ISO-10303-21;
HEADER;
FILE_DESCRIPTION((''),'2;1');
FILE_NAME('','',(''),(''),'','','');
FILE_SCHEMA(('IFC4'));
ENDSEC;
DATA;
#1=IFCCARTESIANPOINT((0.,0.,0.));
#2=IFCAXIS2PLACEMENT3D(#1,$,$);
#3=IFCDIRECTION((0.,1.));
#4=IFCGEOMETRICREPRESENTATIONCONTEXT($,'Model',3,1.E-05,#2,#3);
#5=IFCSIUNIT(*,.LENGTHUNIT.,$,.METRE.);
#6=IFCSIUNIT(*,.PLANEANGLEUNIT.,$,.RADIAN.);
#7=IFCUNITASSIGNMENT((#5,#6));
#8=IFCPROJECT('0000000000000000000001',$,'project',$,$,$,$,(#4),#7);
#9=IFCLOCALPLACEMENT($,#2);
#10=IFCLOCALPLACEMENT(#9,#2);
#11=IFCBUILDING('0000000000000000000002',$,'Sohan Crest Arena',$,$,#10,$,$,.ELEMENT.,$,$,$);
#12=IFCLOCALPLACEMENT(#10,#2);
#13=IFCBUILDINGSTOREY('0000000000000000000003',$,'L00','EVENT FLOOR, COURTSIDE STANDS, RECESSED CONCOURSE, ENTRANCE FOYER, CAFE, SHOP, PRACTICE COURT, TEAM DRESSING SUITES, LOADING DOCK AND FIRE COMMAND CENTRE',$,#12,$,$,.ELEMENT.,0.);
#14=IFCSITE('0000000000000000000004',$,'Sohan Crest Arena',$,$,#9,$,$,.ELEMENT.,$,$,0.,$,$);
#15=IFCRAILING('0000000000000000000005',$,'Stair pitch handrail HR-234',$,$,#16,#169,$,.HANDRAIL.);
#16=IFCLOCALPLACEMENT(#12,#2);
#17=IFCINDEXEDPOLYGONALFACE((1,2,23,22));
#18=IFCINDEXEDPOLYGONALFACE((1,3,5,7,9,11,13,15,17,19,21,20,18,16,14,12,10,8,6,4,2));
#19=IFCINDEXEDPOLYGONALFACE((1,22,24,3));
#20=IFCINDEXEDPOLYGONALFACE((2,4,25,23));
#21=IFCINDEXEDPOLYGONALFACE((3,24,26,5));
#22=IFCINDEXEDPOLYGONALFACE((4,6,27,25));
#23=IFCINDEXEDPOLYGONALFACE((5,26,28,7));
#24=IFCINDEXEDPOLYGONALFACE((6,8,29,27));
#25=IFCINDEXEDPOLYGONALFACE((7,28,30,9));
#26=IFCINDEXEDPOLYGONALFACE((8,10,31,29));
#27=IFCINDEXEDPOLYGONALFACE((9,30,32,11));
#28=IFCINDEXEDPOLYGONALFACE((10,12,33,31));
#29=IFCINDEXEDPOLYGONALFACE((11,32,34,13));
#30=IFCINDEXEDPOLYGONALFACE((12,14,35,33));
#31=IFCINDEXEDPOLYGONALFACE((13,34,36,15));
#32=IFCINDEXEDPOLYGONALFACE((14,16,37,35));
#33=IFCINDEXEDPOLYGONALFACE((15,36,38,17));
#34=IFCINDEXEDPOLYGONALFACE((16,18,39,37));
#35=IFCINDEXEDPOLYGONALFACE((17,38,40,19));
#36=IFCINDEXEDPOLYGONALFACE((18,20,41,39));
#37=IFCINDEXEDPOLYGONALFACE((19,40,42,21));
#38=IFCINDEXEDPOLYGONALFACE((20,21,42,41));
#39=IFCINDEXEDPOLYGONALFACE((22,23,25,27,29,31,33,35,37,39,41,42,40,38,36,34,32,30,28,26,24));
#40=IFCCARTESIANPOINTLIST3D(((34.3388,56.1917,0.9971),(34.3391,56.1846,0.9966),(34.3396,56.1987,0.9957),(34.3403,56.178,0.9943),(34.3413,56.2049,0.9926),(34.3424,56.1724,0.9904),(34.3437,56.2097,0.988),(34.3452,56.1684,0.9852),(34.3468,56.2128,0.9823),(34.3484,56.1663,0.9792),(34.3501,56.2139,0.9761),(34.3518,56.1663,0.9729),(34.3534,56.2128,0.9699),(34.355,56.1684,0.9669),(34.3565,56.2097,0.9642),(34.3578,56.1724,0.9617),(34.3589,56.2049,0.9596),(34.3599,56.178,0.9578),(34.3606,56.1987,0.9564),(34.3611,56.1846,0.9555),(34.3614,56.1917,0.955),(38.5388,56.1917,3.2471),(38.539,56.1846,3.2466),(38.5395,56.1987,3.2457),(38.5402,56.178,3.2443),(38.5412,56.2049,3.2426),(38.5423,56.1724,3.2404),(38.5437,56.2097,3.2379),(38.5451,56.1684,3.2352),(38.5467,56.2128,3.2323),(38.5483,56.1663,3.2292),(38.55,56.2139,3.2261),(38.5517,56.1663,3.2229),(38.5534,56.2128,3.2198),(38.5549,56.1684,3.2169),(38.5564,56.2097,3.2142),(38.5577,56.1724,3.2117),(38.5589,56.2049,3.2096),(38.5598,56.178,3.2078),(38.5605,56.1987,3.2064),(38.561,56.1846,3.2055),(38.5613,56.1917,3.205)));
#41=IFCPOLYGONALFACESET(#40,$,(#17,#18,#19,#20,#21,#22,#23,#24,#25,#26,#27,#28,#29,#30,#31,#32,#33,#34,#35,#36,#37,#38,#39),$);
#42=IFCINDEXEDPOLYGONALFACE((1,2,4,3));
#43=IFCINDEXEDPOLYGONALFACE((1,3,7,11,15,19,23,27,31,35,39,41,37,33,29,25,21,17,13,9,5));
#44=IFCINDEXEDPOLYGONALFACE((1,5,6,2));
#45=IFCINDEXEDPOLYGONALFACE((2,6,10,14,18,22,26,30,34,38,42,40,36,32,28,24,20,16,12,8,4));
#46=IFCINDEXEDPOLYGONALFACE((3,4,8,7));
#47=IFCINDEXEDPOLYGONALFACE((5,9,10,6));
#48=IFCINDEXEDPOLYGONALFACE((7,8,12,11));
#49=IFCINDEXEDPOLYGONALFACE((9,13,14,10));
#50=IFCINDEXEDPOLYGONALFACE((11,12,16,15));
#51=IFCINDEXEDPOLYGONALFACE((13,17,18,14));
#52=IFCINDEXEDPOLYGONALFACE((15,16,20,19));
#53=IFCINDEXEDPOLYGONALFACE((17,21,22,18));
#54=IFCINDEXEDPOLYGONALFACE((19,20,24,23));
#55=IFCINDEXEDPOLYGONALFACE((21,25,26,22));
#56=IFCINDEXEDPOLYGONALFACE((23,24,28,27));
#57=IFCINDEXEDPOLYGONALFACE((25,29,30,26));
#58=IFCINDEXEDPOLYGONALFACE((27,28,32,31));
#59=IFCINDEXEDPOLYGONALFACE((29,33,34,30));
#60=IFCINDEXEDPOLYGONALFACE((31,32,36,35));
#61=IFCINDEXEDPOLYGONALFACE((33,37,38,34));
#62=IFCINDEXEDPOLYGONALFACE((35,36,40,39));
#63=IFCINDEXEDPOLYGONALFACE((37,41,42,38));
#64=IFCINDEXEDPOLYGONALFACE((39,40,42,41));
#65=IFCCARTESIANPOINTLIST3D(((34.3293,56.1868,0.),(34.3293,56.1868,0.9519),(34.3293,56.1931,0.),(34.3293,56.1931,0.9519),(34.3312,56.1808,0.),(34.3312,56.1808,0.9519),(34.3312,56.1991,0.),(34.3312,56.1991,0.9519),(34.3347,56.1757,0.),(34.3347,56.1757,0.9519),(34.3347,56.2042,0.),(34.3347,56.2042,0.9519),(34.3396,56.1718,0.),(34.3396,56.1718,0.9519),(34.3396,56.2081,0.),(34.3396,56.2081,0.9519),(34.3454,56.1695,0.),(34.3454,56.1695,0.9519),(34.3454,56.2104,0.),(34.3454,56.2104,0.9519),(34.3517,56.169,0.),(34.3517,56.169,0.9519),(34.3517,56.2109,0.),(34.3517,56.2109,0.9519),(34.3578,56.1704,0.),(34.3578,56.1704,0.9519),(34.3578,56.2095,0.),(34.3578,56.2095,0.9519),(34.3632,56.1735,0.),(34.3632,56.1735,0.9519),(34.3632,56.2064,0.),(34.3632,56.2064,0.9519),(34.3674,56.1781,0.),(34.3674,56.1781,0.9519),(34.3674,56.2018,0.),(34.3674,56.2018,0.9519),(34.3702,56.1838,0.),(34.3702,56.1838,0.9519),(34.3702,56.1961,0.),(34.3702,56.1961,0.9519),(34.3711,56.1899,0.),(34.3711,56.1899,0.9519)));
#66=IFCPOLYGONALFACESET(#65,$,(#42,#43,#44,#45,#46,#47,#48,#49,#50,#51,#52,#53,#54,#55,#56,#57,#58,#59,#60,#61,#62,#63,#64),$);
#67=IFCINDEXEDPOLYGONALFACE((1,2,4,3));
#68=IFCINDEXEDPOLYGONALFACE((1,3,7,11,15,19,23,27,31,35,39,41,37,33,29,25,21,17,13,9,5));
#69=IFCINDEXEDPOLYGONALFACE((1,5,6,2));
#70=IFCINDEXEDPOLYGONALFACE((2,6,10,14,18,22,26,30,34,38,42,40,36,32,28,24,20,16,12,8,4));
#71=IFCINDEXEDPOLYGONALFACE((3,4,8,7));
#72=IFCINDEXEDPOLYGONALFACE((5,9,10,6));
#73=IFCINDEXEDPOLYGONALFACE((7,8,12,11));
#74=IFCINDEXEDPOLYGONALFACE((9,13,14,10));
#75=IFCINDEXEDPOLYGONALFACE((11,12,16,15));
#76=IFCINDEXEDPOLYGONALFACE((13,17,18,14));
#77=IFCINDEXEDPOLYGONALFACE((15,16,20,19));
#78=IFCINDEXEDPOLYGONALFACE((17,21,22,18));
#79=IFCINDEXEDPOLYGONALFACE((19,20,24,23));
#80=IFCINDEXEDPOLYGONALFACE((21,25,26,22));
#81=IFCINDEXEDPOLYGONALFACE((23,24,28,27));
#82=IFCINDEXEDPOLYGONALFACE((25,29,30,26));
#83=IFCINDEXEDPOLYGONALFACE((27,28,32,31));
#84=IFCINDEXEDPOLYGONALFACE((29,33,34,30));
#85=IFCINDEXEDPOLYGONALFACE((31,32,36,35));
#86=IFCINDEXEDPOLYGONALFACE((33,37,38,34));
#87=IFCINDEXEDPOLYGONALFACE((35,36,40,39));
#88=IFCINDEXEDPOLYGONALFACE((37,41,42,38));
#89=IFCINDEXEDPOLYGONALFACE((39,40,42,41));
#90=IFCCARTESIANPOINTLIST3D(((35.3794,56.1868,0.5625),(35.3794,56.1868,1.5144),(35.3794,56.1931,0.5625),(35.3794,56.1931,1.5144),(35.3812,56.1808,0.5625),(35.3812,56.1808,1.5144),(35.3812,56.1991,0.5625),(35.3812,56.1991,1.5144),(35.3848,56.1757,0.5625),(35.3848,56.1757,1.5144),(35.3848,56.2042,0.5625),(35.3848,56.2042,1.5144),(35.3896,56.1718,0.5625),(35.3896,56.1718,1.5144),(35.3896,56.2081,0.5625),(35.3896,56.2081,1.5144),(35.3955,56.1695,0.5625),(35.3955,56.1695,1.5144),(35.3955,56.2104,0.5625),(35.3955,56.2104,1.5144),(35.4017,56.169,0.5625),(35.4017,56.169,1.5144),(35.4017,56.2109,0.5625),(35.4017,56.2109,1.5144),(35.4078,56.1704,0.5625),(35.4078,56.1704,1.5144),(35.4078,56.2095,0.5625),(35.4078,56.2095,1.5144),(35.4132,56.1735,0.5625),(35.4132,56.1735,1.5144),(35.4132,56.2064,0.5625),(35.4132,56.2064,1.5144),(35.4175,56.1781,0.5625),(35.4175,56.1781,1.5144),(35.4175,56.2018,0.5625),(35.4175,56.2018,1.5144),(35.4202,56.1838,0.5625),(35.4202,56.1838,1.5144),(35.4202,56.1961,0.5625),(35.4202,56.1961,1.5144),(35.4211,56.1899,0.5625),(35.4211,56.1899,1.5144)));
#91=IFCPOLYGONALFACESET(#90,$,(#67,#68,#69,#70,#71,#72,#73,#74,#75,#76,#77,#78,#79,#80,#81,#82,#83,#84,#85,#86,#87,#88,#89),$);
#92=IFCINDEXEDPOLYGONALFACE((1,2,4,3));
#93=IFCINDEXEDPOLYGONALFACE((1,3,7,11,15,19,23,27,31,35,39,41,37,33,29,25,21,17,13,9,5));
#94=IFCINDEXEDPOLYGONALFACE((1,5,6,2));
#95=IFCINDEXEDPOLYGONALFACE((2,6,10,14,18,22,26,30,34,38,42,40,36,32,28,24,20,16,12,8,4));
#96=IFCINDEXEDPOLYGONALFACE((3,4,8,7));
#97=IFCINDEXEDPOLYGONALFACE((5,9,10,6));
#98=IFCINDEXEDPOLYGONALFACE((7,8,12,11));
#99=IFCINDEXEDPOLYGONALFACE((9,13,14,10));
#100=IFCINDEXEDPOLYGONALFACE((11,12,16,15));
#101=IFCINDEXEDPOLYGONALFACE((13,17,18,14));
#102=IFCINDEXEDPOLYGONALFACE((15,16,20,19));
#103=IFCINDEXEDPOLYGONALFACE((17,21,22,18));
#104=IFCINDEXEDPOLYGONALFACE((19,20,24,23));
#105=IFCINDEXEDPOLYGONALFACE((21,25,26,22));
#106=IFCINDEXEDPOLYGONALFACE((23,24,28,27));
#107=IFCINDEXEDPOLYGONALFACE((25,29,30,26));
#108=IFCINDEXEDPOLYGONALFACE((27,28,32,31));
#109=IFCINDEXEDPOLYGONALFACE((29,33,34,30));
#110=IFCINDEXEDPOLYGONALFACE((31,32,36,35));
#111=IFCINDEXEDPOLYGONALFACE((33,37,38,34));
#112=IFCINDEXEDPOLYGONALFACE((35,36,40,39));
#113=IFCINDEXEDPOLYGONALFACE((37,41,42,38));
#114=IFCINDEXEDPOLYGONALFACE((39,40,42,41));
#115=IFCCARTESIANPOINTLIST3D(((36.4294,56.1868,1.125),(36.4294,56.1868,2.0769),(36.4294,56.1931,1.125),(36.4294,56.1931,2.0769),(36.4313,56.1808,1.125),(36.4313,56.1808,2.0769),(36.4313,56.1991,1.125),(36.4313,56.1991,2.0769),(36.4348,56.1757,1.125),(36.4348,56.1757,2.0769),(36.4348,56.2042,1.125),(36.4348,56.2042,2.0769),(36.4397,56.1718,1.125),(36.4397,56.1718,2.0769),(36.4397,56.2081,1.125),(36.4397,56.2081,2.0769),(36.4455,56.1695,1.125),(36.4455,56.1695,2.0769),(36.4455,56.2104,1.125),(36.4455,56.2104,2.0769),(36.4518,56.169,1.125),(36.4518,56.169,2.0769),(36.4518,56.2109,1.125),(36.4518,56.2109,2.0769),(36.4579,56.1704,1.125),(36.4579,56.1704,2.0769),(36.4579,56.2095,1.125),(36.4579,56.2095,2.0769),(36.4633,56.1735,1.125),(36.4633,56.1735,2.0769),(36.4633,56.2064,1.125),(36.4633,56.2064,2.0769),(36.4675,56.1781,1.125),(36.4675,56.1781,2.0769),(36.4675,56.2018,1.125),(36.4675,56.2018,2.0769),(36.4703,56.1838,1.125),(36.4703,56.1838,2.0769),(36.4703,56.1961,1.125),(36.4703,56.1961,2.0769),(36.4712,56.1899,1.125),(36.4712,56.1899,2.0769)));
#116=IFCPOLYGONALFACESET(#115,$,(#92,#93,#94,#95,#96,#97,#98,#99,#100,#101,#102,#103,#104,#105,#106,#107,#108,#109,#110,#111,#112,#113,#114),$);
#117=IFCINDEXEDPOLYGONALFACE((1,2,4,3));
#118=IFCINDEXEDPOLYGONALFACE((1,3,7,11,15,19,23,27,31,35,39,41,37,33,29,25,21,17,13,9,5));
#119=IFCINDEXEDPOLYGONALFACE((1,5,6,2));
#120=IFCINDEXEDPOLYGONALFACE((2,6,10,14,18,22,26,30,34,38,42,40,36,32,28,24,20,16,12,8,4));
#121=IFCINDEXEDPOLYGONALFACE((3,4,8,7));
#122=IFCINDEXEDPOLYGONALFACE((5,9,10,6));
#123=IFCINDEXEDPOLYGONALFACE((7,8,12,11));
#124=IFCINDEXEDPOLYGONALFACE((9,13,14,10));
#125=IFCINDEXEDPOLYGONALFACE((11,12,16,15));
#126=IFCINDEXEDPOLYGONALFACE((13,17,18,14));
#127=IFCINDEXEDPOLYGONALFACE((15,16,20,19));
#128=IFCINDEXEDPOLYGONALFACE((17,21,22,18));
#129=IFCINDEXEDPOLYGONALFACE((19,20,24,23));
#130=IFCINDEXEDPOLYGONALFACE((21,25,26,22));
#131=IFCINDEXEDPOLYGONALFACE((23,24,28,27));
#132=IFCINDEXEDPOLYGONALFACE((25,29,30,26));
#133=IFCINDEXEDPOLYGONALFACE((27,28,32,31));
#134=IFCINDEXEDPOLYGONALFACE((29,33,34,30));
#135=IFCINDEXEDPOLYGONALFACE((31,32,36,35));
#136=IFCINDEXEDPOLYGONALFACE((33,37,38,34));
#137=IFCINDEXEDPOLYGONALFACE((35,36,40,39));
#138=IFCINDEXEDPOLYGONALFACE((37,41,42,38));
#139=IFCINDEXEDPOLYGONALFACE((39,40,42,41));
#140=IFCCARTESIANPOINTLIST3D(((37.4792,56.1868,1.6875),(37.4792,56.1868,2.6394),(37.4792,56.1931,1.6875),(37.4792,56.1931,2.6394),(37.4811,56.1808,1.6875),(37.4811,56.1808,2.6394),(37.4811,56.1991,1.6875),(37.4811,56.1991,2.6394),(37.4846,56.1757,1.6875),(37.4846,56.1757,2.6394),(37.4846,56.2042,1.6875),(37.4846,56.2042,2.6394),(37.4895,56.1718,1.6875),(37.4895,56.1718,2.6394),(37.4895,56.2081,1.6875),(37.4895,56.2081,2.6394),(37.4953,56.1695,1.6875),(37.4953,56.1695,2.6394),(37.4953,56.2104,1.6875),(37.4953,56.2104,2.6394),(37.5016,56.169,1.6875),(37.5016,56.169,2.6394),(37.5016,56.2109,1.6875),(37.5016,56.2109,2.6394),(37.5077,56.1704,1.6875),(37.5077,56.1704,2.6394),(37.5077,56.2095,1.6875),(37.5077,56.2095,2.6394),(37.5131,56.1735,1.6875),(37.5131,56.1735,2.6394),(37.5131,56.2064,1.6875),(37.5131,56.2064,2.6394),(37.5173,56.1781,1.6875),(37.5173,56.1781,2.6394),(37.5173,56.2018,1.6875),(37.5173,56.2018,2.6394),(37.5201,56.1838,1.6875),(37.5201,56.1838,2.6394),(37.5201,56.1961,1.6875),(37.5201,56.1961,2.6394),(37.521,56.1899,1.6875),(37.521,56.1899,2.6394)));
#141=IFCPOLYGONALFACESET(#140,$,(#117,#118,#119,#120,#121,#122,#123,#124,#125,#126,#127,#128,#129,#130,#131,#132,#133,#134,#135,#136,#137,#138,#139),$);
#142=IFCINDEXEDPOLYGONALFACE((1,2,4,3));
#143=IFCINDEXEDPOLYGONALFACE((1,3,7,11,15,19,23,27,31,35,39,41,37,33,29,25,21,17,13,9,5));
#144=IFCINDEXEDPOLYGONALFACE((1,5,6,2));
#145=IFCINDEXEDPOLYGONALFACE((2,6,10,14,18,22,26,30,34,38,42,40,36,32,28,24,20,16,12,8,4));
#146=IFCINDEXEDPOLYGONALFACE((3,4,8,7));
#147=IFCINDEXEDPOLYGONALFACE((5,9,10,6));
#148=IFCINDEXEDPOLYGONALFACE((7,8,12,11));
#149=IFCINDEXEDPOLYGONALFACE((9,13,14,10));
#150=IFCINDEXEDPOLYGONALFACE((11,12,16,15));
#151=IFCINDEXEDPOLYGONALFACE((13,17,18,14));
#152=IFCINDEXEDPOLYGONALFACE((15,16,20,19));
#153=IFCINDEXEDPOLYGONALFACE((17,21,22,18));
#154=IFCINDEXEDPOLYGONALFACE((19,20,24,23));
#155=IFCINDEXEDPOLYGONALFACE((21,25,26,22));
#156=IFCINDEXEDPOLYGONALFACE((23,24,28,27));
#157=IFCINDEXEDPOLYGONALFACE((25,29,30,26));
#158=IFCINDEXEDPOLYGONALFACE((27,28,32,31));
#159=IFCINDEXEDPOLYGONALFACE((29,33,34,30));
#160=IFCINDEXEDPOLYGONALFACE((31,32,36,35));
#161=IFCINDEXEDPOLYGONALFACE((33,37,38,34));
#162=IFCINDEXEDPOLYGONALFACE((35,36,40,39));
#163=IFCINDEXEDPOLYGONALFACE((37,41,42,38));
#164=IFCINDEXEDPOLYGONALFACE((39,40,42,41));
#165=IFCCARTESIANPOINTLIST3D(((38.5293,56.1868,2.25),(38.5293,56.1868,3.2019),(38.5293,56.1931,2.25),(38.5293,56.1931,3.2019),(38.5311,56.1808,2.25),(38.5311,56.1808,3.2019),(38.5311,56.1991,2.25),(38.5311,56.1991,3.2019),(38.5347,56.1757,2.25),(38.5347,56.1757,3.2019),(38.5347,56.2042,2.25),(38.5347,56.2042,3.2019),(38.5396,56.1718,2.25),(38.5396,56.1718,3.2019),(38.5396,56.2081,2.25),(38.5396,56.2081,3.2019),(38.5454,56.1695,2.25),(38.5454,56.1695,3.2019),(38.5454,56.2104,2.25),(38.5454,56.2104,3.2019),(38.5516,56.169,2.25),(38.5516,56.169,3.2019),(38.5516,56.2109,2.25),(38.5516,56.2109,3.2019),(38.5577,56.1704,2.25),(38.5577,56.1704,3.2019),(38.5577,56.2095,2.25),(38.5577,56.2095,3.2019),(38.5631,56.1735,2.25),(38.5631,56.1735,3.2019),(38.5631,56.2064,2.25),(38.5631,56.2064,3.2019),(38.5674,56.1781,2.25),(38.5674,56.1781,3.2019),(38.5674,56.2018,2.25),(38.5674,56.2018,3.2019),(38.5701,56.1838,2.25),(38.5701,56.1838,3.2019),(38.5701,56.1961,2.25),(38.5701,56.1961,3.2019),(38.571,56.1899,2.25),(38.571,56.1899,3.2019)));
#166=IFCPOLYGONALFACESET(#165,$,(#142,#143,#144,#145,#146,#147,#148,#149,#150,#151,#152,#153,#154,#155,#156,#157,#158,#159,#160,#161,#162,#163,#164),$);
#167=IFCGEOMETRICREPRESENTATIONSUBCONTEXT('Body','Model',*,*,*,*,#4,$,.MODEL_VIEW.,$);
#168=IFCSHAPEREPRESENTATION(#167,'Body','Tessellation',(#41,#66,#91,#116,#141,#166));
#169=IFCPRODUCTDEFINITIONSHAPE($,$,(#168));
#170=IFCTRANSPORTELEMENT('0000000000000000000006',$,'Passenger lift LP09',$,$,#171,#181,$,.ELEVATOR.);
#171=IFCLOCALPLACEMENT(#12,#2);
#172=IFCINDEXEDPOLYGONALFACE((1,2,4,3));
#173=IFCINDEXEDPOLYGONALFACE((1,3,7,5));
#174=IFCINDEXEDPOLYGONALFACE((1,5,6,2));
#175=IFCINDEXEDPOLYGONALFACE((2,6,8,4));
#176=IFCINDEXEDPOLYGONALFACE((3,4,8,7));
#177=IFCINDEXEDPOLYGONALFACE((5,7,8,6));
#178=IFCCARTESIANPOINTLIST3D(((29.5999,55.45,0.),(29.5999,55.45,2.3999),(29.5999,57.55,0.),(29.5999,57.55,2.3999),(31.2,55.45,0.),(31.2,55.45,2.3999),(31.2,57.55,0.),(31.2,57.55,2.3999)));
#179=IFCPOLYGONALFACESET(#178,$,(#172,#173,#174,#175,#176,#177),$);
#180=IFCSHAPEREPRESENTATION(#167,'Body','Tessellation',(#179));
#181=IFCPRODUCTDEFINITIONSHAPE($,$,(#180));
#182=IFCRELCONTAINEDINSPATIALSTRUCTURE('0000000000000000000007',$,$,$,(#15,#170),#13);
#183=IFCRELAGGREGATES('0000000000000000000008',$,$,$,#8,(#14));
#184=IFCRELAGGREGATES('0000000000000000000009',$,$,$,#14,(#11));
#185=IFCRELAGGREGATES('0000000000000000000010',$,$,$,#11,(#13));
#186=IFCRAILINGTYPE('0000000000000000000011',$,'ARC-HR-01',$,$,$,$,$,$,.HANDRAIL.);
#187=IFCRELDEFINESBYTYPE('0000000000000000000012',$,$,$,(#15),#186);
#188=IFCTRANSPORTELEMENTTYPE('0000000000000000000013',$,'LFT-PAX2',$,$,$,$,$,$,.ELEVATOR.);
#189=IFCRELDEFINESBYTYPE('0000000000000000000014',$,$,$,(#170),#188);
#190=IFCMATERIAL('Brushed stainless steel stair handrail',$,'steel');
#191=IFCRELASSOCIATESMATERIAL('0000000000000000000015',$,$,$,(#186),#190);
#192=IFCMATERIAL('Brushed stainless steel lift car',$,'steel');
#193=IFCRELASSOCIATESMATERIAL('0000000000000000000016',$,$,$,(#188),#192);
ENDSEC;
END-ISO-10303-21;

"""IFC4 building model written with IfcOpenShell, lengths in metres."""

from ifc_helpers import new_model, si_unit, direction, frame, origin, origin_2d, place, context, subcontext, project, spatial, rectangle, circle, extrude, material, type_object, element, save


model = new_model("IFC4")

# Units and contexts
model_context = context("Model", 3, precision=1e-05, world=origin(), true_north=direction((0.0, 1.0)))
body_context = subcontext(model_context, "Body", "Model", "MODEL_VIEW")
ifc_project = project(units=[si_unit("LENGTHUNIT", "METRE"), si_unit("PLANEANGLEUNIT", "RADIAN")], contexts=[model_context])

# Site, building, storey
site_placement = place(None, origin())
site = spatial("IfcSite", under=ifc_project, at=site_placement, Name="Sohan Crest Arena", CompositionType="ELEMENT", RefElevation=0.0)
building_placement = place(site_placement, origin())
building = spatial("IfcBuilding", under=site, at=building_placement, Name="Sohan Crest Arena", CompositionType="ELEMENT")
storey_placement = place(building_placement, origin())
storey = spatial("IfcBuildingStorey", under=building, at=storey_placement, Name="L00", Description="EVENT FLOOR, COURTSIDE STANDS, RECESSED CONCOURSE, ENTRANCE FOYER, CAFE, SHOP, PRACTICE COURT, TEAM DRESSING SUITES, LOADING DOCK AND FIRE COMMAND CENTRE", CompositionType="ELEMENT", Elevation=0.0)

# Railing
ifc_material_1 = material(Name="Brushed stainless steel stair handrail", Category="steel")
railing_type = type_object("IfcRailingType", Name="ARC-HR-01", PredefinedType="HANDRAIL", material=ifc_material_1)
for number, where, name in (
    (1, (34.3501, 56.1899, 0.0), "Stair pitch handrail HR-234"),
):
    element("IfcRailing", number, at=place(storey_placement, frame(where)), inside=storey, type_object=railing_type, Name=name, PredefinedType="HANDRAIL", context=body_context, shape_type="SweptSolid", body=[
        extrude(circle(Radius=0.0239, at=origin_2d()), frame((0.0, 0.0, 0.9761), z_axis=(0.881478, 0.0, 0.472226), x_axis=(0.0, 1.0, 0.0)), (0.0, 0.0, 1.0), 4.7646),
        extrude(circle(Radius=0.021, at=origin_2d()), origin(), (0.0, 0.0, 1.0), 0.9519),
        extrude(circle(Radius=0.021, at=origin_2d()), frame((1.05, 0.0, 0.5625)), (0.0, 0.0, 1.0), 0.9519),
        extrude(circle(Radius=0.021, at=origin_2d()), frame((2.1001, 0.0, 1.125)), (0.0, 0.0, 1.0), 0.9519),
        extrude(circle(Radius=0.021, at=origin_2d()), frame((3.1499, 0.0, 1.6875)), (0.0, 0.0, 1.0), 0.9519),
        extrude(circle(Radius=0.021, at=origin_2d()), frame((4.2, 0.0, 2.25)), (0.0, 0.0, 1.0), 0.9519),
    ])

# Transport element
ifc_material_2 = material(Name="Brushed stainless steel lift car", Category="steel")
transport_element_type = type_object("IfcTransportElementType", Name="LFT-PAX2", PredefinedType="ELEVATOR", material=ifc_material_2)
transport_element_placement = place(storey_placement, frame((30.3999, 56.5, 0.0), z_axis=(0.0, 0.0, 1.0), x_axis=(1.0, 0.0, 0.0)))
element("IfcTransportElement", 2, at=transport_element_placement, inside=storey, type_object=transport_element_type, Name="Passenger lift LP09", PredefinedType="ELEVATOR", context=body_context, shape_type="SweptSolid", body=[
    extrude(rectangle(XDim=1.6001, YDim=2.1001, at=origin_2d()), origin(), (0.0, 0.0, 1.0), 2.3999),
])

save(model, "model.ifc")
